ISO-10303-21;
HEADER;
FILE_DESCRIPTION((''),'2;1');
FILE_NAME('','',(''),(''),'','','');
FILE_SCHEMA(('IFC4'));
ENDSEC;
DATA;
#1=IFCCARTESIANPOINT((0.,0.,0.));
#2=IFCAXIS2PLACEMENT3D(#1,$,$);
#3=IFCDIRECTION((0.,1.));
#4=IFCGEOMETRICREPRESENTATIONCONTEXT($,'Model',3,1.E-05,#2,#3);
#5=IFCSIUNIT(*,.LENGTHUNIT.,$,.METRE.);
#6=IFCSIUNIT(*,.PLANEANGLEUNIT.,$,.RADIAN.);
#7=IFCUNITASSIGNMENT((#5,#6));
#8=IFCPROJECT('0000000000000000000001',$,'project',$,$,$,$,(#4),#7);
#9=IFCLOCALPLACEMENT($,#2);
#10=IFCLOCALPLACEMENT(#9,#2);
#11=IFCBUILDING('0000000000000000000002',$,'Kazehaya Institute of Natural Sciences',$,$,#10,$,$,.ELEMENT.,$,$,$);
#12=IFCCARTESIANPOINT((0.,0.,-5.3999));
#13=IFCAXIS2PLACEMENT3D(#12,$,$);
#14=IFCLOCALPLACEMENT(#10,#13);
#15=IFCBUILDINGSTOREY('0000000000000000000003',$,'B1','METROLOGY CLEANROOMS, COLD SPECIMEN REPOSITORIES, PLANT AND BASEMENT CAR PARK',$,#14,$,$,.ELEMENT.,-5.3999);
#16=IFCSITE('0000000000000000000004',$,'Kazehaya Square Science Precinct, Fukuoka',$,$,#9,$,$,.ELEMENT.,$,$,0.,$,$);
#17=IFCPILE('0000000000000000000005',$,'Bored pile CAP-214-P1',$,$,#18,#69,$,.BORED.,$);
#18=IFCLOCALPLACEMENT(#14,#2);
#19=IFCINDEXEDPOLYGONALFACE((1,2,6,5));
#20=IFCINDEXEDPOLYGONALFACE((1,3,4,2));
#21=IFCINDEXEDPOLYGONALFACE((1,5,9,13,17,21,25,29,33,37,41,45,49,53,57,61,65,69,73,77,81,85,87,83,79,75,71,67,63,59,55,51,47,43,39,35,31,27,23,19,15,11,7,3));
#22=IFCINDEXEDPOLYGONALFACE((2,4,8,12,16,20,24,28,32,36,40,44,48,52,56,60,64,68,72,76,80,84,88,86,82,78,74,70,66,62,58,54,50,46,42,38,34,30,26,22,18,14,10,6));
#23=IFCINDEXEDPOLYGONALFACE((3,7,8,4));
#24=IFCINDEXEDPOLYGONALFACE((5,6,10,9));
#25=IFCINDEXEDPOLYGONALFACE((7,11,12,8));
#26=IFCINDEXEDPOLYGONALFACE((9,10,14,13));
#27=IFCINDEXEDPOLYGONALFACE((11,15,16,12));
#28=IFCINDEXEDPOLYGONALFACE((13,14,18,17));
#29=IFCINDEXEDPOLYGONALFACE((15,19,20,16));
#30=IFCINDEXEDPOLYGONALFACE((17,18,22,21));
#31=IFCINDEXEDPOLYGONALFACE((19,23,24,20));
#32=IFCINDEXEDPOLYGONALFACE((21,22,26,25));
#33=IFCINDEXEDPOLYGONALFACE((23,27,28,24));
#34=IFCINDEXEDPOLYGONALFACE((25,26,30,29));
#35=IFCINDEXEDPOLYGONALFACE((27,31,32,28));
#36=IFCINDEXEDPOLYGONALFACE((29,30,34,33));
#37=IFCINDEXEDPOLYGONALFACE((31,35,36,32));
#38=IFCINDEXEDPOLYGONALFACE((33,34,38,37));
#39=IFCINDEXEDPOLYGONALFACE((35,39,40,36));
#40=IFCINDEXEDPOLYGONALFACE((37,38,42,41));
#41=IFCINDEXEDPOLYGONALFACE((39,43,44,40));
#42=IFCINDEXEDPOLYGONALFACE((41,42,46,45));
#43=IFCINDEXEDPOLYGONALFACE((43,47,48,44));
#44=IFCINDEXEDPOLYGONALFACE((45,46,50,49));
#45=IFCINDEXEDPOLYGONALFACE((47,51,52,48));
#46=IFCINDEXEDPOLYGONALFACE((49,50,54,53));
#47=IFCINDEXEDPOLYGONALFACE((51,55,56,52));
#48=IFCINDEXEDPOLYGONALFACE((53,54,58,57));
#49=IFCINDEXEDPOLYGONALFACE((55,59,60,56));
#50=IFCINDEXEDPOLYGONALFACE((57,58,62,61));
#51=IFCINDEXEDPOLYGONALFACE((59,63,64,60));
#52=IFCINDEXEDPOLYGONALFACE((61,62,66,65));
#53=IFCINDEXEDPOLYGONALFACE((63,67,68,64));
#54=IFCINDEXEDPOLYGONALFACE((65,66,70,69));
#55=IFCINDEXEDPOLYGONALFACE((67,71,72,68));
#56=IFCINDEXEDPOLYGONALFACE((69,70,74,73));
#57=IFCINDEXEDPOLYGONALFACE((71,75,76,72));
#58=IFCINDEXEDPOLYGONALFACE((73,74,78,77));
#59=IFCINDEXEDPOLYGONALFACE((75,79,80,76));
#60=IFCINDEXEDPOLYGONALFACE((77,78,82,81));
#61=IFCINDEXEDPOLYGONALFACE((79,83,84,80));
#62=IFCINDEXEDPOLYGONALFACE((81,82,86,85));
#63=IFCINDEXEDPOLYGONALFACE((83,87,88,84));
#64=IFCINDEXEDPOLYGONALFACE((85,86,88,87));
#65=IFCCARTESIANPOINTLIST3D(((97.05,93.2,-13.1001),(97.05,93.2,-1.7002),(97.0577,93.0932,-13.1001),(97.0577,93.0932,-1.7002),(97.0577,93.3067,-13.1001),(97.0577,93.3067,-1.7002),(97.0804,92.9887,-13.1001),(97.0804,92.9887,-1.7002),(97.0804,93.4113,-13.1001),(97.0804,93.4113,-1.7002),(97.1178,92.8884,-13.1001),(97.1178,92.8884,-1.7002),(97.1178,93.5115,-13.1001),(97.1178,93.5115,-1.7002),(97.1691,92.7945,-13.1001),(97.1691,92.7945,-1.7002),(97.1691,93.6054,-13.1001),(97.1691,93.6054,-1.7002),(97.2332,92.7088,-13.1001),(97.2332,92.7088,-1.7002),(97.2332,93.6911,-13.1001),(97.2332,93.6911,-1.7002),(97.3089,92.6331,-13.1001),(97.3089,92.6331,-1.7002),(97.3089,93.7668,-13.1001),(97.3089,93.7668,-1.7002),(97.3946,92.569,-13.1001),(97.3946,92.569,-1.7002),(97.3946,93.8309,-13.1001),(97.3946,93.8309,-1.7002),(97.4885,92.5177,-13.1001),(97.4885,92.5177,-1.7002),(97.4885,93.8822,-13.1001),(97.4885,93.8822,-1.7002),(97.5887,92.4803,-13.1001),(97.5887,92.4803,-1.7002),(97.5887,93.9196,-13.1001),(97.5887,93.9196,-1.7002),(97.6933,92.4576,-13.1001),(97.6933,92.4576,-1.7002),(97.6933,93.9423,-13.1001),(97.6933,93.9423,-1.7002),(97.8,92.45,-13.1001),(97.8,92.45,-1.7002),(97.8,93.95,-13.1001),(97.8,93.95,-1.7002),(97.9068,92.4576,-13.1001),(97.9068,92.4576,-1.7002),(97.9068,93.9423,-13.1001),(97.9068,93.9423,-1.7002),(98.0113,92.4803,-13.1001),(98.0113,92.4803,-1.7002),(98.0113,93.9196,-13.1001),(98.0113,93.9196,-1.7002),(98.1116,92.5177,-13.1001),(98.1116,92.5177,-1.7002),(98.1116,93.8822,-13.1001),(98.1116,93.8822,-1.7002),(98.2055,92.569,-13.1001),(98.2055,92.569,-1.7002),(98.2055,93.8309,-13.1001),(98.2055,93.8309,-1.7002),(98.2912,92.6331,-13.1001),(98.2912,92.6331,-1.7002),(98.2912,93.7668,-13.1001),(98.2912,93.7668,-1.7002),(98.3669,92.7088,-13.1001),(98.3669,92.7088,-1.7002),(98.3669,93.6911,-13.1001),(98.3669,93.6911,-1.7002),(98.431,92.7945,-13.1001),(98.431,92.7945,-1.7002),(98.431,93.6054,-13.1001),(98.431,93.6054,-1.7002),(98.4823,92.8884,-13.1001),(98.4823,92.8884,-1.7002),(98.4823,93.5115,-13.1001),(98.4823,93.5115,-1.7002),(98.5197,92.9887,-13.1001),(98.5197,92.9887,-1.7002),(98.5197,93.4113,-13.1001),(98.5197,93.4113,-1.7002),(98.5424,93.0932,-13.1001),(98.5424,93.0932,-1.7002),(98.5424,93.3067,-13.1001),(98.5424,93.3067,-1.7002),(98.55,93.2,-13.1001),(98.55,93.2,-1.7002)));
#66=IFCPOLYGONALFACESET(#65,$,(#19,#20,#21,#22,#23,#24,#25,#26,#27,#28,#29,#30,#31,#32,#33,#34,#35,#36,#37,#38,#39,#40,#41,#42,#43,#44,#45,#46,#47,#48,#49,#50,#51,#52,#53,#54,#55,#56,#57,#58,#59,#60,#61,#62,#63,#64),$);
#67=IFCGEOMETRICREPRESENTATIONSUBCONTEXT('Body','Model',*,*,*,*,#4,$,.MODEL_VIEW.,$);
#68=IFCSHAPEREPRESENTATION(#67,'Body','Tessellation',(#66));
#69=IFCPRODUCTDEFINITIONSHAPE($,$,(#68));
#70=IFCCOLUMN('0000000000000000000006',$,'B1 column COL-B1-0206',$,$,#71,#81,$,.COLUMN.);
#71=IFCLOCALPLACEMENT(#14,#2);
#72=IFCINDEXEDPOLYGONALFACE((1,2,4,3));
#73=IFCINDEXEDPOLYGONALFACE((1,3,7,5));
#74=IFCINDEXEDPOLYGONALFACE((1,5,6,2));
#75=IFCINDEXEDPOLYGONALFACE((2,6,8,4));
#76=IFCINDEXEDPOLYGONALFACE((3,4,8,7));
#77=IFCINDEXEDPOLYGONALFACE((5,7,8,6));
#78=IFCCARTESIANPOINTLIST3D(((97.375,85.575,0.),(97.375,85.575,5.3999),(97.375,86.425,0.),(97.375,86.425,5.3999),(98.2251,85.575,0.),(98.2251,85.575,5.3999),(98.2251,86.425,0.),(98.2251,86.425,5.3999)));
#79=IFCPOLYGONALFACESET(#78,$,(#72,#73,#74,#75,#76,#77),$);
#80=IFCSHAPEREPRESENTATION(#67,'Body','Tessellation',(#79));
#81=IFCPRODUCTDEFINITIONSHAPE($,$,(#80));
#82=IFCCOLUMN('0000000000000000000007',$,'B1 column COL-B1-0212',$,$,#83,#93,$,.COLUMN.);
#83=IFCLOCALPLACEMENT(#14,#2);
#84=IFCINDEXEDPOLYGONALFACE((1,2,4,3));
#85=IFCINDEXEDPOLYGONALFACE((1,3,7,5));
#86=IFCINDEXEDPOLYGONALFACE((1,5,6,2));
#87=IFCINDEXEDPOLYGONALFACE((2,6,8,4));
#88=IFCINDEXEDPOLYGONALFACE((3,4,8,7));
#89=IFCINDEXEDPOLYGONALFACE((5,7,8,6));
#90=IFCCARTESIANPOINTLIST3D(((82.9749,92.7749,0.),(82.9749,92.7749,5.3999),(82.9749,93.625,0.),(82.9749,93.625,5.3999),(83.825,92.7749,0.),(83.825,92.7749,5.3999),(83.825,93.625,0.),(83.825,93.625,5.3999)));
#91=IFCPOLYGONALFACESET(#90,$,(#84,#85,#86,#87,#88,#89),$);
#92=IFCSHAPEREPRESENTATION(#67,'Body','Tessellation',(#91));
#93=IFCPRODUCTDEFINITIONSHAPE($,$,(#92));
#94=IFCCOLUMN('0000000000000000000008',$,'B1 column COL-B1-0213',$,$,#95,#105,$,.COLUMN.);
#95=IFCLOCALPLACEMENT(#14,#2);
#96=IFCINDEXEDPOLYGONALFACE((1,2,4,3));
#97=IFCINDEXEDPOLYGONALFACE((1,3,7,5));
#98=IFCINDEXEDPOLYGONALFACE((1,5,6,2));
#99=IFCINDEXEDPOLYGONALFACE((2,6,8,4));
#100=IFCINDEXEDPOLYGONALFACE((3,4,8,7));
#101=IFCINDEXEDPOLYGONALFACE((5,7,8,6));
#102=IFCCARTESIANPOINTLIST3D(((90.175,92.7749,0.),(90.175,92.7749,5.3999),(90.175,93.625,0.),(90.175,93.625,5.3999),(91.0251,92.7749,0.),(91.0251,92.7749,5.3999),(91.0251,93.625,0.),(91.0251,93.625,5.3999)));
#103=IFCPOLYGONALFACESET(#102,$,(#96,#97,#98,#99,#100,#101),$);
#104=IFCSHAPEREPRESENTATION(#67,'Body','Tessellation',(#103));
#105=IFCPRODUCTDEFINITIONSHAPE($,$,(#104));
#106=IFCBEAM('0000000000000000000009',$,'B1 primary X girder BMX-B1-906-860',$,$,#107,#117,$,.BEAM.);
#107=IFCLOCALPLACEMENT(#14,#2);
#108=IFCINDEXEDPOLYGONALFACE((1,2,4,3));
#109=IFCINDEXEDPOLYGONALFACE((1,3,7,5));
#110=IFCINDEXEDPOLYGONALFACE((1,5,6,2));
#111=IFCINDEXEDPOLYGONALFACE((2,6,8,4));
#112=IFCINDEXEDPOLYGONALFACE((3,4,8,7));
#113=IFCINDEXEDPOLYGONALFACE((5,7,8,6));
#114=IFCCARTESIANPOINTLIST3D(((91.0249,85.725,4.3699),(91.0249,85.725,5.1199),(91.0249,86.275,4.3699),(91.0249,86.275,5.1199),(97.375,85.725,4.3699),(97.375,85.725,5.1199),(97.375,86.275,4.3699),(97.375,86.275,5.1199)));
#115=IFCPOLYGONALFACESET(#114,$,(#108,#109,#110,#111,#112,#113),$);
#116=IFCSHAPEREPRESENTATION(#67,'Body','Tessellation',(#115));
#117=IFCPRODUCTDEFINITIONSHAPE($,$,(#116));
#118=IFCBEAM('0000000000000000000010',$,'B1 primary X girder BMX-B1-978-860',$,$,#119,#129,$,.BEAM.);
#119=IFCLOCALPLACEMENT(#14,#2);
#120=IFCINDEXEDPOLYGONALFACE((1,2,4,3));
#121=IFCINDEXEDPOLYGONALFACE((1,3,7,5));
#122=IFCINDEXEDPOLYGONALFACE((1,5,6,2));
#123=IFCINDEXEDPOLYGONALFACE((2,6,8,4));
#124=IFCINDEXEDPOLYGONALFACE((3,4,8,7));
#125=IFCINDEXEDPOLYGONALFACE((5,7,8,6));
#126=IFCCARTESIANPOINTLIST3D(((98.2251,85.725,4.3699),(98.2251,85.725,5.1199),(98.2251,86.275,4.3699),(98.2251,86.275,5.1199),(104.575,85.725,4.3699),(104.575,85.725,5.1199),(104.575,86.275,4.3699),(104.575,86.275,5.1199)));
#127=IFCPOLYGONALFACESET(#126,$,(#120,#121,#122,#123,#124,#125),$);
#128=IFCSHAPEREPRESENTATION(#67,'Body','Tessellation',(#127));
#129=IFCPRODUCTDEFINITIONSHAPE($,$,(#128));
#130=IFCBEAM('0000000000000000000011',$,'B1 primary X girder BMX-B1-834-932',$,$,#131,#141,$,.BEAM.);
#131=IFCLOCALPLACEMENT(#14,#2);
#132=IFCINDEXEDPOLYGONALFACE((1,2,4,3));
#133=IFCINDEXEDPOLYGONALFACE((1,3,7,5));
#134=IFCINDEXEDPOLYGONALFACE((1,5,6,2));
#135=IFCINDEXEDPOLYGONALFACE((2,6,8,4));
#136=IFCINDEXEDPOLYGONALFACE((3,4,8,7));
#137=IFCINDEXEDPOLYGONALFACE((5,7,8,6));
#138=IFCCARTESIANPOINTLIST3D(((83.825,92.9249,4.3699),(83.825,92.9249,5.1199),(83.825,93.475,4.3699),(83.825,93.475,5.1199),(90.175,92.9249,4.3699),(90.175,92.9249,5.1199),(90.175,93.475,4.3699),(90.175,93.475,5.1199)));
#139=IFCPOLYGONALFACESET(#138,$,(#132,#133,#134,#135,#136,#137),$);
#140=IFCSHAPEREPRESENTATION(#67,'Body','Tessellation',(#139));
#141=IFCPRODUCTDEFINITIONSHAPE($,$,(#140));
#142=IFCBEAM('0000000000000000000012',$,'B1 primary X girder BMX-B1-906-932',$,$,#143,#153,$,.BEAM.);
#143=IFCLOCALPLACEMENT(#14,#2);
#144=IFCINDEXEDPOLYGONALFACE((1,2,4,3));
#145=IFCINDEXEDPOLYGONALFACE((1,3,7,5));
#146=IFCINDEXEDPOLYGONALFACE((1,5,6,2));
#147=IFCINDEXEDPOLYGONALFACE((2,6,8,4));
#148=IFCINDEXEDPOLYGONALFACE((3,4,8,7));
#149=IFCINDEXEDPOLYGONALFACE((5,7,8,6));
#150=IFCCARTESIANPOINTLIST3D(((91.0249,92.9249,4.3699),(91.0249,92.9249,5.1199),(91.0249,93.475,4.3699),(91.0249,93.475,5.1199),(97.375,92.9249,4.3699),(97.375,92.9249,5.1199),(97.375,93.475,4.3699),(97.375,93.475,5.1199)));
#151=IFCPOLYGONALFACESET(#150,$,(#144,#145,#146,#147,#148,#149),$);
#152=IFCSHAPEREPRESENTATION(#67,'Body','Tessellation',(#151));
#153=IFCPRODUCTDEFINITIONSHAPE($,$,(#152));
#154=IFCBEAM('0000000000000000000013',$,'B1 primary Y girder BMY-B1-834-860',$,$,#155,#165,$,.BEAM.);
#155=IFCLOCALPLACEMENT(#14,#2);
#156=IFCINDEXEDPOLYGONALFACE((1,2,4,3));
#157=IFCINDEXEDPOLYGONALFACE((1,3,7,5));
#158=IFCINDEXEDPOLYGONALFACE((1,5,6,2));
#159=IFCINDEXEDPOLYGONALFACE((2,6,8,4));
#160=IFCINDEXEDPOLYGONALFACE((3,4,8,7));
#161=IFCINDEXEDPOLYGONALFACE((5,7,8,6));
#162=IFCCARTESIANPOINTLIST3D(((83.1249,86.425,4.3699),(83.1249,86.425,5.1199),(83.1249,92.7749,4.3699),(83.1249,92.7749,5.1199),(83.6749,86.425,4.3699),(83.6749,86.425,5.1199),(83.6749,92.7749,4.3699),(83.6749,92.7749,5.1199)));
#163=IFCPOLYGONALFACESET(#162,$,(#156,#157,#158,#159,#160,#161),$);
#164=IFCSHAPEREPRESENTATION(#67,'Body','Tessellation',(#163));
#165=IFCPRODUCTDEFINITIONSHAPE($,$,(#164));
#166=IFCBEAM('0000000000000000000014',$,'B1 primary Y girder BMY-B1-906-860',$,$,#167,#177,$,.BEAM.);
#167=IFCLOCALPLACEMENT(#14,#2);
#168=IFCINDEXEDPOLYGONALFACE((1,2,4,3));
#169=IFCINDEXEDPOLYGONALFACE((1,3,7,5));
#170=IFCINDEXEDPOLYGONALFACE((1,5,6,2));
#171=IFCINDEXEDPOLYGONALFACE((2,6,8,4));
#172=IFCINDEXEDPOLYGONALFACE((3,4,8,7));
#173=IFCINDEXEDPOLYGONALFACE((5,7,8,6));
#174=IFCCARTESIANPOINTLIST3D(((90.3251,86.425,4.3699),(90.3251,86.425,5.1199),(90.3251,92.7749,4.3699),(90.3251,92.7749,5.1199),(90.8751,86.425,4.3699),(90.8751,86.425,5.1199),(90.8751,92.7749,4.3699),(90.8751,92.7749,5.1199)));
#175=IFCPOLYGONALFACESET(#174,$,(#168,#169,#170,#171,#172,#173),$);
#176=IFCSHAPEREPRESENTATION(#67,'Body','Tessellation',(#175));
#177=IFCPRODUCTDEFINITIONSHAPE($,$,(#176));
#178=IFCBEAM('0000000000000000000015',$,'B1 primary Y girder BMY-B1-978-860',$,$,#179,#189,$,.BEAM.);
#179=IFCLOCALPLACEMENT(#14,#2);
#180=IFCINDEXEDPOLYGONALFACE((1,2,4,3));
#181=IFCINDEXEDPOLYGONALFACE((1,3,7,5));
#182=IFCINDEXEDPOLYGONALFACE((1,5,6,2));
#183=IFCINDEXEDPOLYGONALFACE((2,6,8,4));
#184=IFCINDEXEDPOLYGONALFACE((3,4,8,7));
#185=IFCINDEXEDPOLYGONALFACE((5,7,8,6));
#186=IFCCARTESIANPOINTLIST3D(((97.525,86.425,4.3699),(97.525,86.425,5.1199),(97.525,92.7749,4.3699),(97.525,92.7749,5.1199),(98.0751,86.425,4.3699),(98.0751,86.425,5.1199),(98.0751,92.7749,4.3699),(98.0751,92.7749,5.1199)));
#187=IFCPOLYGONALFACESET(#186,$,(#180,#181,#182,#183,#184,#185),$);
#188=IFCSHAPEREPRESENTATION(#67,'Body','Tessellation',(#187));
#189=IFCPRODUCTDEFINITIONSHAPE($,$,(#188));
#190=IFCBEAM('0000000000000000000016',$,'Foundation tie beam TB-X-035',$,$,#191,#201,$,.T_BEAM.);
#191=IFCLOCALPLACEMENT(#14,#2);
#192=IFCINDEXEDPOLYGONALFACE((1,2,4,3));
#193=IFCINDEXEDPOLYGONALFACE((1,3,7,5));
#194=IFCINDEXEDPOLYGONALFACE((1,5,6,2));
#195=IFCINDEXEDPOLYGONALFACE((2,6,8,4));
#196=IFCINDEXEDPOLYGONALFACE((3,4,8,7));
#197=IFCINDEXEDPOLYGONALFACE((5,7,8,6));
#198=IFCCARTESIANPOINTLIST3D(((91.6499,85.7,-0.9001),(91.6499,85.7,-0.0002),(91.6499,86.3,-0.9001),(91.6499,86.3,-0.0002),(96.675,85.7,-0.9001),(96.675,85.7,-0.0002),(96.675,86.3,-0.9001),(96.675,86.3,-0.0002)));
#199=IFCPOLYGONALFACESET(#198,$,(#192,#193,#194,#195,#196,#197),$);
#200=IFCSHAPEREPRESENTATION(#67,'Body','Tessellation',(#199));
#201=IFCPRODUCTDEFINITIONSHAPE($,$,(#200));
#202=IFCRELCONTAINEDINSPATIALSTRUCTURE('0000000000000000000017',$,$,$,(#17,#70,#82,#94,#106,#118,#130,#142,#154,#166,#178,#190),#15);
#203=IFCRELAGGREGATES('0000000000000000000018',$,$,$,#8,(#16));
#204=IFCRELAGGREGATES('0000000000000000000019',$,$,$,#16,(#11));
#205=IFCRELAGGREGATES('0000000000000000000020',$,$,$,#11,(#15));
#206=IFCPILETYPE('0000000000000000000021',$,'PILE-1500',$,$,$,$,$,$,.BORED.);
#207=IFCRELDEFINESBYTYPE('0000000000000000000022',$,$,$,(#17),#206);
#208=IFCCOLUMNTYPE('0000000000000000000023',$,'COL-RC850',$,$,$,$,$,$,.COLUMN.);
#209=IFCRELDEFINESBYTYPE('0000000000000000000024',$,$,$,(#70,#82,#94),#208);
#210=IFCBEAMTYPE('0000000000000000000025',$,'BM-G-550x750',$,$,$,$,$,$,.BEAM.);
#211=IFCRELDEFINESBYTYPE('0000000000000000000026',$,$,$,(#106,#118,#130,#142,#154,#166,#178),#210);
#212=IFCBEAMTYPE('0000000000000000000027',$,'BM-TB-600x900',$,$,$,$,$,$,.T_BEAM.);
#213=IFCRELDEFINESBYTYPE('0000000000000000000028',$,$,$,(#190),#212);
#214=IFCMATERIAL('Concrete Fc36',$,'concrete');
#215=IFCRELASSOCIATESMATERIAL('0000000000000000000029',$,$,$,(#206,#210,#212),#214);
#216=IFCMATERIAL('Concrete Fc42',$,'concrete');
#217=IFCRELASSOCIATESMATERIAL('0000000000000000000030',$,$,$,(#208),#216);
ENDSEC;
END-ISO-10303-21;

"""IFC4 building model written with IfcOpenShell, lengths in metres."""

from ifc_helpers import new_model, si_unit, direction, frame, origin, origin_2d, place, context, subcontext, project, spatial, rectangle, circle, extrude, material, material_profile, profile_set, type_object, element, save


model = new_model("IFC4")

# Units and contexts
model_context = context("Model", 3, precision=1e-05, world=origin(), true_north=direction((0.0, 1.0)))
body_context = subcontext(model_context, "Body", "Model", "MODEL_VIEW")
ifc_project = project(units=[si_unit("LENGTHUNIT", "METRE"), si_unit("PLANEANGLEUNIT", "RADIAN")], contexts=[model_context])

# Site, building, storey
site_placement = place(None, origin())
site = spatial("IfcSite", under=ifc_project, at=site_placement, Name="Kazehaya Square Science Precinct, Fukuoka", CompositionType="ELEMENT", RefElevation=0.0)
building_placement = place(site_placement, origin())
building = spatial("IfcBuilding", under=site, at=building_placement, Name="Kazehaya Institute of Natural Sciences", CompositionType="ELEMENT")
storey_placement = place(building_placement, frame((0.0, 0.0, -5.3999)))
storey = spatial("IfcBuildingStorey", under=building, at=storey_placement, Name="B1", Description="METROLOGY CLEANROOMS, COLD SPECIMEN REPOSITORIES, PLANT AND BASEMENT CAR PARK", CompositionType="ELEMENT", Elevation=-5.3999)

# Shared definitions
ifc_material_1 = material(Name="Concrete Fc36", Category="concrete")

# Pile
ifc_material_profile_1 = material_profile(ifc_material_1, circle(Radius=0.75, at=origin_2d()), Name="PILE-1500")
ifc_profile_set_1 = profile_set([ifc_material_profile_1], Name="Concrete Fc36")
pile_type_1 = type_object("IfcPileType", Name="PILE-1500", PredefinedType="BORED", material=ifc_profile_set_1)
pile_placement = place(storey_placement, frame((97.8, 93.2, -1.7002), z_axis=(0.0, 0.0, -1.0), x_axis=(1.0, 0.0, 0.0)))
element("IfcPile", 1, at=pile_placement, inside=storey, type_object=pile_type_1, Name="Bored pile CAP-214-P1", PredefinedType="BORED", context=body_context, shape_type="SweptSolid", body=[
    extrude(circle(Radius=0.75, at=origin_2d()), origin(), (0.0, 0.0, 1.0), 11.3999),
])

# Columns
ifc_material_2 = material(Name="Concrete Fc42", Category="concrete")
ifc_material_profile_2 = material_profile(ifc_material_2, rectangle(XDim=0.8501, YDim=0.8501, at=origin_2d()), Name="RC-850x850")
ifc_profile_set_2 = profile_set([ifc_material_profile_2], Name="Concrete Fc42")
column_type = type_object("IfcColumnType", Name="COL-RC850", PredefinedType="COLUMN", material=ifc_profile_set_2)
for number, where, z_axis, x_axis, name in (
    (2, (97.8, 86.0, 0.0), (0.0, 0.0, 1.0), (1.0, 0.0, 0.0), "B1 column COL-B1-0206"),
    (3, (83.3999, 93.2, 0.0), (0.0, 0.0, 1.0), (1.0, 0.0, 0.0), "B1 column COL-B1-0212"),
    (4, (90.6001, 93.2, 0.0), (0.0, 0.0, 1.0), (1.0, 0.0, 0.0), "B1 column COL-B1-0213"),
):
    element("IfcColumn", number, at=place(storey_placement, frame(where, z_axis=z_axis, x_axis=x_axis)), inside=storey, type_object=column_type, Name=name, PredefinedType="COLUMN", context=body_context, shape_type="SweptSolid", body=[
        extrude(rectangle(XDim=0.8501, YDim=0.8501, at=origin_2d()), origin(), (0.0, 0.0, 1.0), 5.3999),
    ])

# Beams
ifc_material_profile_3 = material_profile(ifc_material_1, rectangle(XDim=0.55, YDim=0.75, at=origin_2d()), Name="RC-550x750")
ifc_profile_set_3 = profile_set([ifc_material_profile_3], Name="Concrete Fc36")
beam_type_1 = type_object("IfcBeamType", Name="BM-G-550x750", PredefinedType="BEAM", material=ifc_profile_set_3)
beam_1_placement = place(storey_placement, frame((91.0249, 86.0, 4.7449), z_axis=(1.0, 0.0, 0.0), x_axis=(0.0, 1.0, 0.0)))
element("IfcBeam", 5, at=beam_1_placement, inside=storey, type_object=beam_type_1, Name="B1 primary X girder BMX-B1-906-860", PredefinedType="BEAM", context=body_context, shape_type="SweptSolid", body=[
    extrude(rectangle(XDim=0.55, YDim=0.75, at=origin_2d()), origin(), (0.0, 0.0, 1.0), 6.3501),
])
beam_2_placement = place(storey_placement, frame((98.2251, 86.0, 4.7449), z_axis=(1.0, 0.0, 0.0), x_axis=(0.0, 1.0, 0.0)))
element("IfcBeam", 6, at=beam_2_placement, inside=storey, type_object=beam_type_1, Name="B1 primary X girder BMX-B1-978-860", PredefinedType="BEAM", context=body_context, shape_type="SweptSolid", body=[
    extrude(rectangle(XDim=0.55, YDim=0.75, at=origin_2d()), origin(), (0.0, 0.0, 1.0), 6.3499),
])
for number, where, z_axis, x_axis, name in (
    (7, (83.825, 93.2, 4.7449), (1.0, 0.0, 0.0), (0.0, 1.0, 0.0), "B1 primary X girder BMX-B1-834-932"),
    (8, (91.0249, 93.2, 4.7449), (1.0, 0.0, 0.0), (0.0, 1.0, 0.0), "B1 primary X girder BMX-B1-906-932"),
):
    element("IfcBeam", number, at=place(storey_placement, frame(where, z_axis=z_axis, x_axis=x_axis)), inside=storey, type_object=beam_type_1, Name=name, PredefinedType="BEAM", context=body_context, shape_type="SweptSolid", body=[
        extrude(rectangle(XDim=0.55, YDim=0.75, at=origin_2d()), origin(), (0.0, 0.0, 1.0), 6.3501),
    ])
for number, where, z_axis, x_axis, name in (
    (9, (83.3999, 86.425, 4.7449), (0.0, 1.0, 0.0), (-1.0, 0.0, 0.0), "B1 primary Y girder BMY-B1-834-860"),
    (10, (90.6001, 86.425, 4.7449), (0.0, 1.0, 0.0), (-1.0, 0.0, 0.0), "B1 primary Y girder BMY-B1-906-860"),
    (11, (97.8, 86.425, 4.7449), (0.0, 1.0, 0.0), (-1.0, 0.0, 0.0), "B1 primary Y girder BMY-B1-978-860"),
):
    element("IfcBeam", number, at=place(storey_placement, frame(where, z_axis=z_axis, x_axis=x_axis)), inside=storey, type_object=beam_type_1, Name=name, PredefinedType="BEAM", context=body_context, shape_type="SweptSolid", body=[
        extrude(rectangle(XDim=0.55, YDim=0.75, at=origin_2d()), origin(), (0.0, 0.0, 1.0), 6.3499),
    ])
ifc_material_profile_4 = material_profile(ifc_material_1, rectangle(XDim=0.6001, YDim=0.8999, at=origin_2d()), Name="RC-600x900")
ifc_profile_set_4 = profile_set([ifc_material_profile_4], Name="Concrete Fc36")
beam_type_2 = type_object("IfcBeamType", Name="BM-TB-600x900", PredefinedType="T_BEAM", material=ifc_profile_set_4)
beam_3_placement = place(storey_placement, frame((91.6499, 86.0, -0.4502), z_axis=(1.0, 0.0, 0.0), x_axis=(0.0, 1.0, 0.0)))
element("IfcBeam", 12, at=beam_3_placement, inside=storey, type_object=beam_type_2, Name="Foundation tie beam TB-X-035", PredefinedType="T_BEAM", context=body_context, shape_type="SweptSolid", body=[
    extrude(rectangle(XDim=0.6001, YDim=0.8999, at=origin_2d()), origin(), (0.0, 0.0, 1.0), 5.0251),
])

save(model, "model.ifc")
